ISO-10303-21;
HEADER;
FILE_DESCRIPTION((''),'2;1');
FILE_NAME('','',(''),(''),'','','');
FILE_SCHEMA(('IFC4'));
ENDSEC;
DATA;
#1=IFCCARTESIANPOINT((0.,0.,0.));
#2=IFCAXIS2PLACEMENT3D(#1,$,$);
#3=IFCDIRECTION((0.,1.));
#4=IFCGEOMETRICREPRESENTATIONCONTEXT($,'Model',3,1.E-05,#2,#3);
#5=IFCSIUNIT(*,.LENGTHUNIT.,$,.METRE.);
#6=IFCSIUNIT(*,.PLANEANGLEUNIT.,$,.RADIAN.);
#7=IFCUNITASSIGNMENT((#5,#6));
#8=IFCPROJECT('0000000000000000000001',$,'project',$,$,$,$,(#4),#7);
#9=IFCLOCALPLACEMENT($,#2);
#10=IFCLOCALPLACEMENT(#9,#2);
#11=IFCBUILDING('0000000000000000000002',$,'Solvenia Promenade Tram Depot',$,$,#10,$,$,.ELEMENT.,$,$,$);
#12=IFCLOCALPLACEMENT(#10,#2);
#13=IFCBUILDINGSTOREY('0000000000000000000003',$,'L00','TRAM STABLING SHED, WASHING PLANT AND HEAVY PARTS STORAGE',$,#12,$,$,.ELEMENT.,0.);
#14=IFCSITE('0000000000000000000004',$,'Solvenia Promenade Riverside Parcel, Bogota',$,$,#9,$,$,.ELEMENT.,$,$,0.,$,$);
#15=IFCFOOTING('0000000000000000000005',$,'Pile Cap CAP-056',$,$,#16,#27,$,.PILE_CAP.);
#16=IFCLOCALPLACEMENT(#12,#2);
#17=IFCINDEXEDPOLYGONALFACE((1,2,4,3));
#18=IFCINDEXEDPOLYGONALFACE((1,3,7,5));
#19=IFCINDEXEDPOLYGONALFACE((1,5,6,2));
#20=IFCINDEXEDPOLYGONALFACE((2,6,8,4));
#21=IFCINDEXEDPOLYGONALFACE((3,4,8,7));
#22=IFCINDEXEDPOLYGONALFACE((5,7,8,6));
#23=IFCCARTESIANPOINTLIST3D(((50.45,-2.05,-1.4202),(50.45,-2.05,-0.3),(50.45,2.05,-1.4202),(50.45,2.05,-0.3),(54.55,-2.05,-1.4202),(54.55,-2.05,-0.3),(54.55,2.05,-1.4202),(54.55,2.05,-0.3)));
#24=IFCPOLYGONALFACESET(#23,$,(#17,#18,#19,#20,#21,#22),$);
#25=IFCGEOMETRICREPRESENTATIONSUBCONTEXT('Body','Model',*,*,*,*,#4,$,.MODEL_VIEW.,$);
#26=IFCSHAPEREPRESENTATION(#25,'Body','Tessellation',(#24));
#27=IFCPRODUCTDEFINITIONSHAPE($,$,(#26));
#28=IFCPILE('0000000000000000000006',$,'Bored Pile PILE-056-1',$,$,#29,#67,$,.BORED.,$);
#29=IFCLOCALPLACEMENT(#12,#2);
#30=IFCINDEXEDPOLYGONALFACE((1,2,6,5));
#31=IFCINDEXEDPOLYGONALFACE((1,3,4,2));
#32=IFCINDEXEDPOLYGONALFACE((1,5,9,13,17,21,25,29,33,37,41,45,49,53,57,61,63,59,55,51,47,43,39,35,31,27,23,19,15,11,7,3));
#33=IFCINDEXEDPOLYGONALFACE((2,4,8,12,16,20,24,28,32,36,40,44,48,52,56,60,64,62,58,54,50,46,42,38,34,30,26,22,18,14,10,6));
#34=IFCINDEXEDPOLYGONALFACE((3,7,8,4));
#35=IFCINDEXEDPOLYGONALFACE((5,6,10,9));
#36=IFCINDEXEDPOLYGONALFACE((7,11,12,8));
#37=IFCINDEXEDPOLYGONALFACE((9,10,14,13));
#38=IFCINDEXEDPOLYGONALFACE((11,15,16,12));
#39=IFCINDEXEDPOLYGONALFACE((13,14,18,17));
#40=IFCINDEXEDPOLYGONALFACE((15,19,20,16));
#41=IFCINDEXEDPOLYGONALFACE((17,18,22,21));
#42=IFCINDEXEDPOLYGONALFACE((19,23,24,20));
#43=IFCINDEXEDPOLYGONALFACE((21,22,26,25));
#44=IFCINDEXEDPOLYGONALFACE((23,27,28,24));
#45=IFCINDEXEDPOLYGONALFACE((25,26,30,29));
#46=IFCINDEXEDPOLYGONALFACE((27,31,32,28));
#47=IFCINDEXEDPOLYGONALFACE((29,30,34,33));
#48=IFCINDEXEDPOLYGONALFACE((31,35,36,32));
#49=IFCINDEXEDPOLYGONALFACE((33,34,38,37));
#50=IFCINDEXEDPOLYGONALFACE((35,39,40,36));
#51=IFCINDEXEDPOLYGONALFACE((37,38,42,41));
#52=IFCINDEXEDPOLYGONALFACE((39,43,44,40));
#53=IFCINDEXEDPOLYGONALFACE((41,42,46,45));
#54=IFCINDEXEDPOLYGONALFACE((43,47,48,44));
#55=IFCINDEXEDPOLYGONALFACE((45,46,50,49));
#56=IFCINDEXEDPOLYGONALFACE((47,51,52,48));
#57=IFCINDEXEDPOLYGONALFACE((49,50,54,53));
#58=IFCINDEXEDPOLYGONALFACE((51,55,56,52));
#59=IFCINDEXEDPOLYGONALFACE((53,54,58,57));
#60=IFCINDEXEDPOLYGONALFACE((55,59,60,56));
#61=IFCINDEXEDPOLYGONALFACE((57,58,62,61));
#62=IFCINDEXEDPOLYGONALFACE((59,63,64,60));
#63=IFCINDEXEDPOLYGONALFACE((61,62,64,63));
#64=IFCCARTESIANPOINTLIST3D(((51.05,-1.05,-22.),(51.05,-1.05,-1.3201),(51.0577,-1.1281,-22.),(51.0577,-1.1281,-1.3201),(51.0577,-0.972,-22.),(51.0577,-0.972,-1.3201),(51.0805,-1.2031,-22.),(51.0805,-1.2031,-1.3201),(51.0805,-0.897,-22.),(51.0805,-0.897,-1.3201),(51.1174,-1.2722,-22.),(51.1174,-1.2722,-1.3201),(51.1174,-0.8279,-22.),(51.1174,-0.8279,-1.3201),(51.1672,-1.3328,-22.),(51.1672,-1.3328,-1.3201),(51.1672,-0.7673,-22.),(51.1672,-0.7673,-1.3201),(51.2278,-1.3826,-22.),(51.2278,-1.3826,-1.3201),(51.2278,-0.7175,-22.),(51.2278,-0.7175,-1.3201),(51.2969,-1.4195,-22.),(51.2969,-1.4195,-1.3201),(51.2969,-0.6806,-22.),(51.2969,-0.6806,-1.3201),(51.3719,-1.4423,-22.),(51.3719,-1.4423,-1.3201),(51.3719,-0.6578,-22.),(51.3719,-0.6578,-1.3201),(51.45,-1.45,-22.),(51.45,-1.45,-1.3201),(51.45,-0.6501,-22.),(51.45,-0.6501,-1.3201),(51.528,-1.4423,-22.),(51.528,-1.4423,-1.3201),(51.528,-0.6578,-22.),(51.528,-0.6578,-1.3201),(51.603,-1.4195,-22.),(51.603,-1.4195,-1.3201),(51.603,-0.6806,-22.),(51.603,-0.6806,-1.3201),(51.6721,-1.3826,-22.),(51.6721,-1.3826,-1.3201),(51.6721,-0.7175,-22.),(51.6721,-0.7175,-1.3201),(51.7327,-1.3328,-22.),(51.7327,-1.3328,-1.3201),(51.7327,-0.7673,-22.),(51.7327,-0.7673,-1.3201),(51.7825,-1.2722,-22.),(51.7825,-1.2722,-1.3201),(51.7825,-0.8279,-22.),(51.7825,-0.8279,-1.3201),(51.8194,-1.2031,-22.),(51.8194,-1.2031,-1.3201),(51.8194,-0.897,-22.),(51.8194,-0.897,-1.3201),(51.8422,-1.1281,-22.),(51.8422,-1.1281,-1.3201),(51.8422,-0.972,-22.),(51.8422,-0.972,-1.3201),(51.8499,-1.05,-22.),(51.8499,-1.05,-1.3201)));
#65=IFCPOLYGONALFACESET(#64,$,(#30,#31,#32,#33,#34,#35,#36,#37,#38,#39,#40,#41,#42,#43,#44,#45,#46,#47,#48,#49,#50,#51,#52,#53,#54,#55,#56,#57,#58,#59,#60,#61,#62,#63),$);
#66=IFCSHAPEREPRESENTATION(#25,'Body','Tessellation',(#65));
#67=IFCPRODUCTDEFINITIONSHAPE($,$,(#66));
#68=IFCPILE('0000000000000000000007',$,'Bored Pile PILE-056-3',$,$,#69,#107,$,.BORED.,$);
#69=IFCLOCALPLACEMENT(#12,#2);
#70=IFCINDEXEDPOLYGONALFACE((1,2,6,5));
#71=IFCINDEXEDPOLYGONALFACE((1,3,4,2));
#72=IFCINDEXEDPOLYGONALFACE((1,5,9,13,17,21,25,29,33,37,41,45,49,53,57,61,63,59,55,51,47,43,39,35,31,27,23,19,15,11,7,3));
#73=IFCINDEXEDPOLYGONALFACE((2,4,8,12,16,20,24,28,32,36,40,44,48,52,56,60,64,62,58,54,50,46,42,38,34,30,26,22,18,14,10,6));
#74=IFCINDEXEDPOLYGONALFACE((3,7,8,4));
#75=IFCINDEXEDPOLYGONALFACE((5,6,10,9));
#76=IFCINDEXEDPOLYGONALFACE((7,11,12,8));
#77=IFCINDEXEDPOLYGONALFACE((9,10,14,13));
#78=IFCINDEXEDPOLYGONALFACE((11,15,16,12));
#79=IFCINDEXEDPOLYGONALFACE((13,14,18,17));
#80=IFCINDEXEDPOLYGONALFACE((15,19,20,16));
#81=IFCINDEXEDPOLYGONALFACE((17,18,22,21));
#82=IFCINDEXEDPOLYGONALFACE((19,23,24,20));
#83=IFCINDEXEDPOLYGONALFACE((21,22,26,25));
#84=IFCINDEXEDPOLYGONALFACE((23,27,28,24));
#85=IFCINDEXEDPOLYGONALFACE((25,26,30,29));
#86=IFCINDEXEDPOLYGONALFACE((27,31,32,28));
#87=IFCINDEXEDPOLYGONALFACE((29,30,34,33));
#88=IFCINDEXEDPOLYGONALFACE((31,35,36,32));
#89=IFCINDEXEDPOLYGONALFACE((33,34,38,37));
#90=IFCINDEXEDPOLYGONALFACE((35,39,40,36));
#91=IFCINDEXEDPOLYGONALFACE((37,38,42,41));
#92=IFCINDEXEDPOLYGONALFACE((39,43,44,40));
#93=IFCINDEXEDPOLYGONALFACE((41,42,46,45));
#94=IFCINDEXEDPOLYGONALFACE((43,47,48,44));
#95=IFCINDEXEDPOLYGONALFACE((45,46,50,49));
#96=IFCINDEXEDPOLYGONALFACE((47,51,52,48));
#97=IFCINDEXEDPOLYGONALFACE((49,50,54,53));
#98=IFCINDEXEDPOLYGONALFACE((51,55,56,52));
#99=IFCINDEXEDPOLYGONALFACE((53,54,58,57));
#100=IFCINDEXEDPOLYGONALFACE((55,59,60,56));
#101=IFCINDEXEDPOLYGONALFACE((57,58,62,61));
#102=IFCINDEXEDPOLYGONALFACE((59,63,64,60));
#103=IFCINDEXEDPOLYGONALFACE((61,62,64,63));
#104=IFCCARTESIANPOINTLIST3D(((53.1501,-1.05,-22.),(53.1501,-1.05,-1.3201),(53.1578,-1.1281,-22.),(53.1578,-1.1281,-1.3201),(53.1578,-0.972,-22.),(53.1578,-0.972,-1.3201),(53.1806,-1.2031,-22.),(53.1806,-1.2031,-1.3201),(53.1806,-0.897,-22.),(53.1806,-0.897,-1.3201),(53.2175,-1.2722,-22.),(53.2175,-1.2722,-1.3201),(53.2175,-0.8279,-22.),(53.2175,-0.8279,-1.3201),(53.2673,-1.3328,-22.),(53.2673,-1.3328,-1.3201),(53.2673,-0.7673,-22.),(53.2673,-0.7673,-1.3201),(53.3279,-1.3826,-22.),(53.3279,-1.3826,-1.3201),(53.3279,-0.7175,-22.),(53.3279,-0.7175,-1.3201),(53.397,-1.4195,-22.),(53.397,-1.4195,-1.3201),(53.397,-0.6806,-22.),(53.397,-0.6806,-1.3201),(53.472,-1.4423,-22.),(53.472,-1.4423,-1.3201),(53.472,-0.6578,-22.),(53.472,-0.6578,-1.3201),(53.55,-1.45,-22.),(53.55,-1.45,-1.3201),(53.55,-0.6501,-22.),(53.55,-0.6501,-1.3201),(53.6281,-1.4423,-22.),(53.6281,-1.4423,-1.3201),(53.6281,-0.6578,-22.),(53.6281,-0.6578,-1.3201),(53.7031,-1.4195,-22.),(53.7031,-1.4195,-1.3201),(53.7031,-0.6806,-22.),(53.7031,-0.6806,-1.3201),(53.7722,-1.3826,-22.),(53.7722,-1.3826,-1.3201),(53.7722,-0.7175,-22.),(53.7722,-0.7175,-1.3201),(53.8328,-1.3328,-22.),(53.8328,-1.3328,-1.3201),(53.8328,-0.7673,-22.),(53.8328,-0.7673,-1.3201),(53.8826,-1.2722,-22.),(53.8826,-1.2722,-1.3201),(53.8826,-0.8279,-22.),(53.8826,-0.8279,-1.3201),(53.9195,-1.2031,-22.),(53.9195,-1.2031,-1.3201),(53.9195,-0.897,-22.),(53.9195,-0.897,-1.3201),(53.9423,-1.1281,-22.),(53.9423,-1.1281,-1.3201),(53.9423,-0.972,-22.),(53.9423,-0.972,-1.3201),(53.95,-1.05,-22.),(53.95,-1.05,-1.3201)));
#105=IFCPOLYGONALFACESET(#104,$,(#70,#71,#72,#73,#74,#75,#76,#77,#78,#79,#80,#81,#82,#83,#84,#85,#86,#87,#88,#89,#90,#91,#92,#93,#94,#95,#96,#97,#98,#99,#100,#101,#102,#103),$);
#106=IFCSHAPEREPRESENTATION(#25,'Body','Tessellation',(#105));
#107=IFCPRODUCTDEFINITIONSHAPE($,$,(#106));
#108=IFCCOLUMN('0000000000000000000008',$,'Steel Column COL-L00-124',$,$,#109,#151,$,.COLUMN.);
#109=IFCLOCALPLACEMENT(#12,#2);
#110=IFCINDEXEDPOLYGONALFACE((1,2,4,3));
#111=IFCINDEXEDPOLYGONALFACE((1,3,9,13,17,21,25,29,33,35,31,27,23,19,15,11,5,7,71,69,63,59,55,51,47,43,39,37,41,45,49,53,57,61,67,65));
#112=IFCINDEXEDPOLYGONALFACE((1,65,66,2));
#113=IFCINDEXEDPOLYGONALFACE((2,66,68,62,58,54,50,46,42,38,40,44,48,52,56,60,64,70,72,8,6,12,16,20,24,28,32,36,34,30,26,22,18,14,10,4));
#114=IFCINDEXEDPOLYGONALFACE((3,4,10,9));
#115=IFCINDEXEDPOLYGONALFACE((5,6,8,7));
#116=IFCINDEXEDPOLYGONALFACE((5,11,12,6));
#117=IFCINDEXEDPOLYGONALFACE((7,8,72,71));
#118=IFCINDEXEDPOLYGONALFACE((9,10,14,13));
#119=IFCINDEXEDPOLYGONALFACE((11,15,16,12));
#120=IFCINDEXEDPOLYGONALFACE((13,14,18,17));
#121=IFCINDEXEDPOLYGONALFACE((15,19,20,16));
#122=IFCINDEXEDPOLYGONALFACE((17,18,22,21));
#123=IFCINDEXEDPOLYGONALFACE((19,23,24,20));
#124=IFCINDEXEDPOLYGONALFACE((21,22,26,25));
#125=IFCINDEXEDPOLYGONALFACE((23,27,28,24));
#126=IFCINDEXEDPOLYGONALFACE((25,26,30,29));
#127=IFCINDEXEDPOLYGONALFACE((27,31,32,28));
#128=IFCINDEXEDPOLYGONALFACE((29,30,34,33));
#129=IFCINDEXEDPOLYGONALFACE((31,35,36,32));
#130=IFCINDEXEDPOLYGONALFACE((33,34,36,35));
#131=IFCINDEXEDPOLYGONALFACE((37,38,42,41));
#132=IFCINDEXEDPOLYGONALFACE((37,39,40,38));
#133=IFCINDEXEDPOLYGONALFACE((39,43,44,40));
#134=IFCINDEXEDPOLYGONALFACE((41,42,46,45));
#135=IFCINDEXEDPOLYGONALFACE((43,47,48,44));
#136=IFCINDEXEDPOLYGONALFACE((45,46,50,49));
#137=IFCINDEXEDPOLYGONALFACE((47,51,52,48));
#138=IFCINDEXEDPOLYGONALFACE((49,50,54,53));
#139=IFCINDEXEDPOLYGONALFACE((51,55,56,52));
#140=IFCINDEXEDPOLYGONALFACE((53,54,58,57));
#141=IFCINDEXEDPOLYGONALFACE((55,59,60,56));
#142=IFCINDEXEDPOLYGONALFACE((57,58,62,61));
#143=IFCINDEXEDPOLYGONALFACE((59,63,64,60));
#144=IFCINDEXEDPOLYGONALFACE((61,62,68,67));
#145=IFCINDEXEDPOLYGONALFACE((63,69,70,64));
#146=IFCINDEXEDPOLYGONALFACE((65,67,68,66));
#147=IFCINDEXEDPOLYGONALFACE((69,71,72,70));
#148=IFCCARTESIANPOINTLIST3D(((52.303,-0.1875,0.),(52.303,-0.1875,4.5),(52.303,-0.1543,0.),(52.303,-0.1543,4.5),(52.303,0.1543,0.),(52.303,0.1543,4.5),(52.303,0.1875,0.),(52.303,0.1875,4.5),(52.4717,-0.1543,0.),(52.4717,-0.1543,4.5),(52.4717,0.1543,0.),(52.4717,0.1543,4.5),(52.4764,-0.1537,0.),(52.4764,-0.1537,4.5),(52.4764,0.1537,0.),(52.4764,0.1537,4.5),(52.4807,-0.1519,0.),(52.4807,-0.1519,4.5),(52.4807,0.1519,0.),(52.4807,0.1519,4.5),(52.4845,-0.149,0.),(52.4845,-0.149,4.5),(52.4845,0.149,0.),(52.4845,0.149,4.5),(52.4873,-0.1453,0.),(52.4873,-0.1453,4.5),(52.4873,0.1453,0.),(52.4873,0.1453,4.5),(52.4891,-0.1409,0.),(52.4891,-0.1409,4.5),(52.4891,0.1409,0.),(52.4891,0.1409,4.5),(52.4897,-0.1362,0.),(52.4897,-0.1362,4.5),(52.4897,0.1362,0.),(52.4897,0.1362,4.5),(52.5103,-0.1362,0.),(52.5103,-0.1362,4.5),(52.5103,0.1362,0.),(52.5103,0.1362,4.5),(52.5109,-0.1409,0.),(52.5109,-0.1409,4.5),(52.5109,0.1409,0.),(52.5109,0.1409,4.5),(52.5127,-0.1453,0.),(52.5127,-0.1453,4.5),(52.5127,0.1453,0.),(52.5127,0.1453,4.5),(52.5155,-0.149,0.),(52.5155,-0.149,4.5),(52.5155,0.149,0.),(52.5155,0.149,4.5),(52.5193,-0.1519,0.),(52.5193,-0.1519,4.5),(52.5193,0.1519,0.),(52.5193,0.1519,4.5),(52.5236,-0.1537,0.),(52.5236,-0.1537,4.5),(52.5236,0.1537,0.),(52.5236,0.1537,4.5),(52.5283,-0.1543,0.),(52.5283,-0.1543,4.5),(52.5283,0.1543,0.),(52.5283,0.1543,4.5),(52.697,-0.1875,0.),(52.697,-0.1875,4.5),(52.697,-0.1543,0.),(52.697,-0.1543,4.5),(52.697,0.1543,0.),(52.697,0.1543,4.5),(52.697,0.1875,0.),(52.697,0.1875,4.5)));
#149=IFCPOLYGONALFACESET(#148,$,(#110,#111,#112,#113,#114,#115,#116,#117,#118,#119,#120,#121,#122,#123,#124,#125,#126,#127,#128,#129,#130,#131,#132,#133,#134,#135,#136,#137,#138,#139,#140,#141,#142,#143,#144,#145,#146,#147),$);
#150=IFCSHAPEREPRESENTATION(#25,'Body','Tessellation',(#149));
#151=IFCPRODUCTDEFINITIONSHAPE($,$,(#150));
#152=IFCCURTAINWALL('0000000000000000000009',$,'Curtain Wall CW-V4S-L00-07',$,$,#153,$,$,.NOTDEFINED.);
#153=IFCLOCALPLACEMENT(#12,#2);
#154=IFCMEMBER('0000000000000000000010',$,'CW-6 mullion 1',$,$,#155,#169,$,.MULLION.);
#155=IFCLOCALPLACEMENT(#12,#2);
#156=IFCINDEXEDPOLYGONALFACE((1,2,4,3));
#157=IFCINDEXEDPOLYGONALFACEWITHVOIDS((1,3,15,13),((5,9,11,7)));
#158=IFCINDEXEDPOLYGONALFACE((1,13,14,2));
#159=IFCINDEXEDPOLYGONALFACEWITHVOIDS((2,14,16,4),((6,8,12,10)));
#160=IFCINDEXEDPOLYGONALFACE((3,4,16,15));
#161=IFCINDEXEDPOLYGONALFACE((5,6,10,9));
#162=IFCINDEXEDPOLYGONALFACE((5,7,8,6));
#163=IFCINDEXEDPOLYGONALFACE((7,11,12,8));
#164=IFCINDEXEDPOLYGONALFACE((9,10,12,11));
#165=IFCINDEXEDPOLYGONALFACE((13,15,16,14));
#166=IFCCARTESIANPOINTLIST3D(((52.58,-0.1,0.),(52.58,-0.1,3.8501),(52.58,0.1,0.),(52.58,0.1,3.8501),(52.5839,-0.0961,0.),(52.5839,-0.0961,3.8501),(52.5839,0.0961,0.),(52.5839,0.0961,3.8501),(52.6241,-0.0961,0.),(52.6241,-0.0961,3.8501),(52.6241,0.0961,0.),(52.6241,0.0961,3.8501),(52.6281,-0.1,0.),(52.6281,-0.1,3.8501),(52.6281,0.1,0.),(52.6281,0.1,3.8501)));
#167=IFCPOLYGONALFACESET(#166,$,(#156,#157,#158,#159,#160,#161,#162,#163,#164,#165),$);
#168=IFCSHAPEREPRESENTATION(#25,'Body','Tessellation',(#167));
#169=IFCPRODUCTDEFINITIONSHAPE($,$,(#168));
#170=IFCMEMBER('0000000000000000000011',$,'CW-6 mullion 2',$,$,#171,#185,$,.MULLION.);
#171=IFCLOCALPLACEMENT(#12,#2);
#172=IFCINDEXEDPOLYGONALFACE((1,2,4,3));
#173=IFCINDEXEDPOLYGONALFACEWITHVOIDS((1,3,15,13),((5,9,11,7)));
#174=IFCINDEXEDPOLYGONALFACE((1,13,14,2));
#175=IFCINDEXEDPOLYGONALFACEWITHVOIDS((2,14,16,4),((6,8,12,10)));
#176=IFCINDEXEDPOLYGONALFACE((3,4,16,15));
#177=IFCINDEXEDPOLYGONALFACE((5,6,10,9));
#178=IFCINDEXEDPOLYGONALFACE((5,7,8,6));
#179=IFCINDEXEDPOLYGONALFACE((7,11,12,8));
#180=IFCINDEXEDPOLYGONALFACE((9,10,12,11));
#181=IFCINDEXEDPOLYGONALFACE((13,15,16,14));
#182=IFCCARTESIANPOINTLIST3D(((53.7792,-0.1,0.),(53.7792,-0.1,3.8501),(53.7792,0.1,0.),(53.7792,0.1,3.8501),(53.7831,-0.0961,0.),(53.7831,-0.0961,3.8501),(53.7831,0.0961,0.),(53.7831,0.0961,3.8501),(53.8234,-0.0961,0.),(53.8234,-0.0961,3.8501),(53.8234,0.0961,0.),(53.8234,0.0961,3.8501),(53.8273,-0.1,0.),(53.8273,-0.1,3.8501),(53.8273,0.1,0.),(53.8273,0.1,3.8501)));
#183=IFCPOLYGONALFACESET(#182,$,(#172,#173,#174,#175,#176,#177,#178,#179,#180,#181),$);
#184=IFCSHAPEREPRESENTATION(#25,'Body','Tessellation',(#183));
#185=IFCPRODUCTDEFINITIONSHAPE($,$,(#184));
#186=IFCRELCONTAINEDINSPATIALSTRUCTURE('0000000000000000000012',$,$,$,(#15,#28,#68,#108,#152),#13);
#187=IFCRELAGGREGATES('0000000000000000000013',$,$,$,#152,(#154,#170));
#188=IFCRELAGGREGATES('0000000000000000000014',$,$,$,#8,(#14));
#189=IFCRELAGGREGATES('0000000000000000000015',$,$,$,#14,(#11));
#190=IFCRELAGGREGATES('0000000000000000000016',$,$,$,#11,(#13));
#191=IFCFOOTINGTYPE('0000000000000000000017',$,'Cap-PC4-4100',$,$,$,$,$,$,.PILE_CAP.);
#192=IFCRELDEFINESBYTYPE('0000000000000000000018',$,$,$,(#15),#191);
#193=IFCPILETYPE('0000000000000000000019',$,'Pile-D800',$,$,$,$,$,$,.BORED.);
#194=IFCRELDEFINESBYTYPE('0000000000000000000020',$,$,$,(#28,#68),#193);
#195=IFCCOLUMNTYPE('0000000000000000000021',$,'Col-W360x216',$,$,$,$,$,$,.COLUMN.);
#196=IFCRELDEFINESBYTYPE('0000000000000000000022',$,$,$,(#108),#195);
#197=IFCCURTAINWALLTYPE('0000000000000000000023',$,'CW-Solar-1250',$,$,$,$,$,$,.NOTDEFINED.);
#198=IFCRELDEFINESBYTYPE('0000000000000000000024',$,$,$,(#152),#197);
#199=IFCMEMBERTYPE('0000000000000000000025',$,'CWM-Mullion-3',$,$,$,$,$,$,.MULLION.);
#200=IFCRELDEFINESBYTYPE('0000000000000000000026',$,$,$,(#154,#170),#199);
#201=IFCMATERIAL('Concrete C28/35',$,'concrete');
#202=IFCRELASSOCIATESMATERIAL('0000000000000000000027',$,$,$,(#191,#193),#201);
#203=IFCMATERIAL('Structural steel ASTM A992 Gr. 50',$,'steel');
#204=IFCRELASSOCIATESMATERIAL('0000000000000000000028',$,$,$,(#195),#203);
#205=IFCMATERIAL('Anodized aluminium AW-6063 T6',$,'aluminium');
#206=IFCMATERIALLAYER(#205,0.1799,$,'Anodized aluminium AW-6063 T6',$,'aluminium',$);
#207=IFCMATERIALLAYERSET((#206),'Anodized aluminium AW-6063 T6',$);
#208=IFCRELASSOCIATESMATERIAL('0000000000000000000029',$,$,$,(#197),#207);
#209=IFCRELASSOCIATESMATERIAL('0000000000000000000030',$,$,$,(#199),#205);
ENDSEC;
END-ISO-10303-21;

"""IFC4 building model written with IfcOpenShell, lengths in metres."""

from ifc_helpers import new_model, si_unit, direction, frame, origin, origin_2d, place, context, subcontext, project, spatial, rectangle, hollow_rectangle, circle, i_section, extrude, material, layer, layer_set, material_profile, profile_set, type_object, element, aggregate, save


model = new_model("IFC4")

# Units and contexts
model_context = context("Model", 3, precision=1e-05, world=origin(), true_north=direction((0.0, 1.0)))
body_context = subcontext(model_context, "Body", "Model", "MODEL_VIEW")
ifc_project = project(units=[si_unit("LENGTHUNIT", "METRE"), si_unit("PLANEANGLEUNIT", "RADIAN")], contexts=[model_context])

# Site, building, storey
site_placement = place(None, origin())
site = spatial("IfcSite", under=ifc_project, at=site_placement, Name="Solvenia Promenade Riverside Parcel, Bogota", CompositionType="ELEMENT", RefElevation=0.0)
building_placement = place(site_placement, origin())
building = spatial("IfcBuilding", under=site, at=building_placement, Name="Solvenia Promenade Tram Depot", CompositionType="ELEMENT")
storey_placement = place(building_placement, origin())
storey = spatial("IfcBuildingStorey", under=building, at=storey_placement, Name="L00", Description="TRAM STABLING SHED, WASHING PLANT AND HEAVY PARTS STORAGE", CompositionType="ELEMENT", Elevation=0.0)

# Footing
ifc_material_1 = material(Name="Concrete C28/35", Category="concrete")
footing_type = type_object("IfcFootingType", Name="Cap-PC4-4100", PredefinedType="PILE_CAP", material=ifc_material_1)
footing_placement = place(storey_placement, frame((52.5, 0.0, -1.4202), z_axis=(0.0, 0.0, 1.0), x_axis=(1.0, 0.0, 0.0)))
element("IfcFooting", 1, at=footing_placement, inside=storey, type_object=footing_type, Name="Pile Cap CAP-056", PredefinedType="PILE_CAP", context=body_context, shape_type="SweptSolid", body=[
    extrude(rectangle(XDim=4.1001, YDim=4.1001, at=origin_2d()), origin(), (0.0, 0.0, 1.0), 1.1201),
])

# Piles
ifc_material_profile_1 = material_profile(ifc_material_1, circle(Radius=0.3999, at=origin_2d()), Name="D800", Category="concrete")
ifc_profile_set_1 = profile_set([ifc_material_profile_1], Name="Concrete C28/35")
pile_type = type_object("IfcPileType", Name="Pile-D800", PredefinedType="BORED", material=ifc_profile_set_1)
for number, where, z_axis, x_axis, name in (
    (2, (51.45, -1.05, -1.3201), (0.0, 0.0, -1.0), (1.0, 0.0, 0.0), "Bored Pile PILE-056-1"),
    (3, (53.55, -1.05, -1.3201), (0.0, 0.0, -1.0), (1.0, 0.0, 0.0), "Bored Pile PILE-056-3"),
):
    element("IfcPile", number, at=place(storey_placement, frame(where, z_axis=z_axis, x_axis=x_axis)), inside=storey, type_object=pile_type, Name=name, PredefinedType="BORED", context=body_context, shape_type="SweptSolid", body=[
        extrude(circle(Radius=0.3999, at=origin_2d()), origin(), (0.0, 0.0, 1.0), 20.6799),
    ])

# Column
ifc_material_2 = material(Name="Structural steel ASTM A992 Gr. 50", Category="steel")
ifc_material_profile_2 = material_profile(ifc_material_2, i_section(OverallWidth=0.394, OverallDepth=0.375, WebThickness=0.0205, FlangeThickness=0.0332, FilletRadius=0.0181, at=origin_2d()), Name="W360x216", Category="steel")
ifc_profile_set_2 = profile_set([ifc_material_profile_2], Name="Structural steel ASTM A992 Gr. 50")
column_type = type_object("IfcColumnType", Name="Col-W360x216", PredefinedType="COLUMN", material=ifc_profile_set_2)
column_placement = place(storey_placement, frame((52.5, 0.0, 0.0), z_axis=(0.0, 0.0, 1.0), x_axis=(1.0, 0.0, 0.0)))
element("IfcColumn", 4, at=column_placement, inside=storey, type_object=column_type, Name="Steel Column COL-L00-124", PredefinedType="COLUMN", context=body_context, shape_type="SweptSolid", body=[
    extrude(i_section(OverallWidth=0.394, OverallDepth=0.375, WebThickness=0.0205, FlangeThickness=0.0332, FilletRadius=0.0181, at=origin_2d()), origin(), (0.0, 0.0, 1.0), 4.5),
])

# Curtain wall, members
ifc_material_3 = material(Name="Anodized aluminium AW-6063 T6", Category="aluminium")
ifc_layer_1 = layer(ifc_material_3, 0.1799, Name="Anodized aluminium AW-6063 T6", Category="aluminium")
ifc_layer_set_1 = layer_set([ifc_layer_1], Name="Anodized aluminium AW-6063 T6")
curtain_wall_type = type_object("IfcCurtainWallType", Name="CW-Solar-1250", PredefinedType="NOTDEFINED", material=ifc_layer_set_1)
curtain_wall_placement = place(storey_placement, origin())
curtain_wall = element("IfcCurtainWall", 5, at=curtain_wall_placement, inside=storey, type_object=curtain_wall_type, Name="Curtain Wall CW-V4S-L00-07", PredefinedType="NOTDEFINED")
ifc_material_profile_3 = material_profile(ifc_material_3, hollow_rectangle(XDim=0.2, YDim=0.0481, WallThickness=0.0039, at=origin_2d()), Name="ALU-M3", Category="aluminium")
ifc_profile_set_3 = profile_set([ifc_material_profile_3], Name="Anodized aluminium AW-6063 T6")
member_type_1 = type_object("IfcMemberType", Name="CWM-Mullion-3", PredefinedType="MULLION", material=ifc_profile_set_3)
member_1_placement = place(storey_placement, frame((52.604, 0.0, 0.0), z_axis=(0.0, 0.0, 1.0), x_axis=(0.0, 1.0, 0.0)))
member_1 = element("IfcMember", 6, at=member_1_placement, type_object=member_type_1, Name="CW-6 mullion 1", PredefinedType="MULLION", context=body_context, shape_type="SweptSolid", body=[
    extrude(hollow_rectangle(XDim=0.2, YDim=0.0481, WallThickness=0.0039, at=origin_2d()), origin(), (0.0, 0.0, 1.0), 3.8501),
])
member_2_placement = place(storey_placement, frame((53.8032, 0.0, 0.0), z_axis=(0.0, 0.0, 1.0), x_axis=(0.0, 1.0, 0.0)))
member_2 = element("IfcMember", 7, at=member_2_placement, type_object=member_type_1, Name="CW-6 mullion 2", PredefinedType="MULLION", context=body_context, shape_type="SweptSolid", body=[
    extrude(hollow_rectangle(XDim=0.2, YDim=0.0481, WallThickness=0.0039, at=origin_2d()), origin(), (0.0, 0.0, 1.0), 3.8501),
])
aggregate(curtain_wall, [member_1, member_2])

save(model, "model.ifc")
